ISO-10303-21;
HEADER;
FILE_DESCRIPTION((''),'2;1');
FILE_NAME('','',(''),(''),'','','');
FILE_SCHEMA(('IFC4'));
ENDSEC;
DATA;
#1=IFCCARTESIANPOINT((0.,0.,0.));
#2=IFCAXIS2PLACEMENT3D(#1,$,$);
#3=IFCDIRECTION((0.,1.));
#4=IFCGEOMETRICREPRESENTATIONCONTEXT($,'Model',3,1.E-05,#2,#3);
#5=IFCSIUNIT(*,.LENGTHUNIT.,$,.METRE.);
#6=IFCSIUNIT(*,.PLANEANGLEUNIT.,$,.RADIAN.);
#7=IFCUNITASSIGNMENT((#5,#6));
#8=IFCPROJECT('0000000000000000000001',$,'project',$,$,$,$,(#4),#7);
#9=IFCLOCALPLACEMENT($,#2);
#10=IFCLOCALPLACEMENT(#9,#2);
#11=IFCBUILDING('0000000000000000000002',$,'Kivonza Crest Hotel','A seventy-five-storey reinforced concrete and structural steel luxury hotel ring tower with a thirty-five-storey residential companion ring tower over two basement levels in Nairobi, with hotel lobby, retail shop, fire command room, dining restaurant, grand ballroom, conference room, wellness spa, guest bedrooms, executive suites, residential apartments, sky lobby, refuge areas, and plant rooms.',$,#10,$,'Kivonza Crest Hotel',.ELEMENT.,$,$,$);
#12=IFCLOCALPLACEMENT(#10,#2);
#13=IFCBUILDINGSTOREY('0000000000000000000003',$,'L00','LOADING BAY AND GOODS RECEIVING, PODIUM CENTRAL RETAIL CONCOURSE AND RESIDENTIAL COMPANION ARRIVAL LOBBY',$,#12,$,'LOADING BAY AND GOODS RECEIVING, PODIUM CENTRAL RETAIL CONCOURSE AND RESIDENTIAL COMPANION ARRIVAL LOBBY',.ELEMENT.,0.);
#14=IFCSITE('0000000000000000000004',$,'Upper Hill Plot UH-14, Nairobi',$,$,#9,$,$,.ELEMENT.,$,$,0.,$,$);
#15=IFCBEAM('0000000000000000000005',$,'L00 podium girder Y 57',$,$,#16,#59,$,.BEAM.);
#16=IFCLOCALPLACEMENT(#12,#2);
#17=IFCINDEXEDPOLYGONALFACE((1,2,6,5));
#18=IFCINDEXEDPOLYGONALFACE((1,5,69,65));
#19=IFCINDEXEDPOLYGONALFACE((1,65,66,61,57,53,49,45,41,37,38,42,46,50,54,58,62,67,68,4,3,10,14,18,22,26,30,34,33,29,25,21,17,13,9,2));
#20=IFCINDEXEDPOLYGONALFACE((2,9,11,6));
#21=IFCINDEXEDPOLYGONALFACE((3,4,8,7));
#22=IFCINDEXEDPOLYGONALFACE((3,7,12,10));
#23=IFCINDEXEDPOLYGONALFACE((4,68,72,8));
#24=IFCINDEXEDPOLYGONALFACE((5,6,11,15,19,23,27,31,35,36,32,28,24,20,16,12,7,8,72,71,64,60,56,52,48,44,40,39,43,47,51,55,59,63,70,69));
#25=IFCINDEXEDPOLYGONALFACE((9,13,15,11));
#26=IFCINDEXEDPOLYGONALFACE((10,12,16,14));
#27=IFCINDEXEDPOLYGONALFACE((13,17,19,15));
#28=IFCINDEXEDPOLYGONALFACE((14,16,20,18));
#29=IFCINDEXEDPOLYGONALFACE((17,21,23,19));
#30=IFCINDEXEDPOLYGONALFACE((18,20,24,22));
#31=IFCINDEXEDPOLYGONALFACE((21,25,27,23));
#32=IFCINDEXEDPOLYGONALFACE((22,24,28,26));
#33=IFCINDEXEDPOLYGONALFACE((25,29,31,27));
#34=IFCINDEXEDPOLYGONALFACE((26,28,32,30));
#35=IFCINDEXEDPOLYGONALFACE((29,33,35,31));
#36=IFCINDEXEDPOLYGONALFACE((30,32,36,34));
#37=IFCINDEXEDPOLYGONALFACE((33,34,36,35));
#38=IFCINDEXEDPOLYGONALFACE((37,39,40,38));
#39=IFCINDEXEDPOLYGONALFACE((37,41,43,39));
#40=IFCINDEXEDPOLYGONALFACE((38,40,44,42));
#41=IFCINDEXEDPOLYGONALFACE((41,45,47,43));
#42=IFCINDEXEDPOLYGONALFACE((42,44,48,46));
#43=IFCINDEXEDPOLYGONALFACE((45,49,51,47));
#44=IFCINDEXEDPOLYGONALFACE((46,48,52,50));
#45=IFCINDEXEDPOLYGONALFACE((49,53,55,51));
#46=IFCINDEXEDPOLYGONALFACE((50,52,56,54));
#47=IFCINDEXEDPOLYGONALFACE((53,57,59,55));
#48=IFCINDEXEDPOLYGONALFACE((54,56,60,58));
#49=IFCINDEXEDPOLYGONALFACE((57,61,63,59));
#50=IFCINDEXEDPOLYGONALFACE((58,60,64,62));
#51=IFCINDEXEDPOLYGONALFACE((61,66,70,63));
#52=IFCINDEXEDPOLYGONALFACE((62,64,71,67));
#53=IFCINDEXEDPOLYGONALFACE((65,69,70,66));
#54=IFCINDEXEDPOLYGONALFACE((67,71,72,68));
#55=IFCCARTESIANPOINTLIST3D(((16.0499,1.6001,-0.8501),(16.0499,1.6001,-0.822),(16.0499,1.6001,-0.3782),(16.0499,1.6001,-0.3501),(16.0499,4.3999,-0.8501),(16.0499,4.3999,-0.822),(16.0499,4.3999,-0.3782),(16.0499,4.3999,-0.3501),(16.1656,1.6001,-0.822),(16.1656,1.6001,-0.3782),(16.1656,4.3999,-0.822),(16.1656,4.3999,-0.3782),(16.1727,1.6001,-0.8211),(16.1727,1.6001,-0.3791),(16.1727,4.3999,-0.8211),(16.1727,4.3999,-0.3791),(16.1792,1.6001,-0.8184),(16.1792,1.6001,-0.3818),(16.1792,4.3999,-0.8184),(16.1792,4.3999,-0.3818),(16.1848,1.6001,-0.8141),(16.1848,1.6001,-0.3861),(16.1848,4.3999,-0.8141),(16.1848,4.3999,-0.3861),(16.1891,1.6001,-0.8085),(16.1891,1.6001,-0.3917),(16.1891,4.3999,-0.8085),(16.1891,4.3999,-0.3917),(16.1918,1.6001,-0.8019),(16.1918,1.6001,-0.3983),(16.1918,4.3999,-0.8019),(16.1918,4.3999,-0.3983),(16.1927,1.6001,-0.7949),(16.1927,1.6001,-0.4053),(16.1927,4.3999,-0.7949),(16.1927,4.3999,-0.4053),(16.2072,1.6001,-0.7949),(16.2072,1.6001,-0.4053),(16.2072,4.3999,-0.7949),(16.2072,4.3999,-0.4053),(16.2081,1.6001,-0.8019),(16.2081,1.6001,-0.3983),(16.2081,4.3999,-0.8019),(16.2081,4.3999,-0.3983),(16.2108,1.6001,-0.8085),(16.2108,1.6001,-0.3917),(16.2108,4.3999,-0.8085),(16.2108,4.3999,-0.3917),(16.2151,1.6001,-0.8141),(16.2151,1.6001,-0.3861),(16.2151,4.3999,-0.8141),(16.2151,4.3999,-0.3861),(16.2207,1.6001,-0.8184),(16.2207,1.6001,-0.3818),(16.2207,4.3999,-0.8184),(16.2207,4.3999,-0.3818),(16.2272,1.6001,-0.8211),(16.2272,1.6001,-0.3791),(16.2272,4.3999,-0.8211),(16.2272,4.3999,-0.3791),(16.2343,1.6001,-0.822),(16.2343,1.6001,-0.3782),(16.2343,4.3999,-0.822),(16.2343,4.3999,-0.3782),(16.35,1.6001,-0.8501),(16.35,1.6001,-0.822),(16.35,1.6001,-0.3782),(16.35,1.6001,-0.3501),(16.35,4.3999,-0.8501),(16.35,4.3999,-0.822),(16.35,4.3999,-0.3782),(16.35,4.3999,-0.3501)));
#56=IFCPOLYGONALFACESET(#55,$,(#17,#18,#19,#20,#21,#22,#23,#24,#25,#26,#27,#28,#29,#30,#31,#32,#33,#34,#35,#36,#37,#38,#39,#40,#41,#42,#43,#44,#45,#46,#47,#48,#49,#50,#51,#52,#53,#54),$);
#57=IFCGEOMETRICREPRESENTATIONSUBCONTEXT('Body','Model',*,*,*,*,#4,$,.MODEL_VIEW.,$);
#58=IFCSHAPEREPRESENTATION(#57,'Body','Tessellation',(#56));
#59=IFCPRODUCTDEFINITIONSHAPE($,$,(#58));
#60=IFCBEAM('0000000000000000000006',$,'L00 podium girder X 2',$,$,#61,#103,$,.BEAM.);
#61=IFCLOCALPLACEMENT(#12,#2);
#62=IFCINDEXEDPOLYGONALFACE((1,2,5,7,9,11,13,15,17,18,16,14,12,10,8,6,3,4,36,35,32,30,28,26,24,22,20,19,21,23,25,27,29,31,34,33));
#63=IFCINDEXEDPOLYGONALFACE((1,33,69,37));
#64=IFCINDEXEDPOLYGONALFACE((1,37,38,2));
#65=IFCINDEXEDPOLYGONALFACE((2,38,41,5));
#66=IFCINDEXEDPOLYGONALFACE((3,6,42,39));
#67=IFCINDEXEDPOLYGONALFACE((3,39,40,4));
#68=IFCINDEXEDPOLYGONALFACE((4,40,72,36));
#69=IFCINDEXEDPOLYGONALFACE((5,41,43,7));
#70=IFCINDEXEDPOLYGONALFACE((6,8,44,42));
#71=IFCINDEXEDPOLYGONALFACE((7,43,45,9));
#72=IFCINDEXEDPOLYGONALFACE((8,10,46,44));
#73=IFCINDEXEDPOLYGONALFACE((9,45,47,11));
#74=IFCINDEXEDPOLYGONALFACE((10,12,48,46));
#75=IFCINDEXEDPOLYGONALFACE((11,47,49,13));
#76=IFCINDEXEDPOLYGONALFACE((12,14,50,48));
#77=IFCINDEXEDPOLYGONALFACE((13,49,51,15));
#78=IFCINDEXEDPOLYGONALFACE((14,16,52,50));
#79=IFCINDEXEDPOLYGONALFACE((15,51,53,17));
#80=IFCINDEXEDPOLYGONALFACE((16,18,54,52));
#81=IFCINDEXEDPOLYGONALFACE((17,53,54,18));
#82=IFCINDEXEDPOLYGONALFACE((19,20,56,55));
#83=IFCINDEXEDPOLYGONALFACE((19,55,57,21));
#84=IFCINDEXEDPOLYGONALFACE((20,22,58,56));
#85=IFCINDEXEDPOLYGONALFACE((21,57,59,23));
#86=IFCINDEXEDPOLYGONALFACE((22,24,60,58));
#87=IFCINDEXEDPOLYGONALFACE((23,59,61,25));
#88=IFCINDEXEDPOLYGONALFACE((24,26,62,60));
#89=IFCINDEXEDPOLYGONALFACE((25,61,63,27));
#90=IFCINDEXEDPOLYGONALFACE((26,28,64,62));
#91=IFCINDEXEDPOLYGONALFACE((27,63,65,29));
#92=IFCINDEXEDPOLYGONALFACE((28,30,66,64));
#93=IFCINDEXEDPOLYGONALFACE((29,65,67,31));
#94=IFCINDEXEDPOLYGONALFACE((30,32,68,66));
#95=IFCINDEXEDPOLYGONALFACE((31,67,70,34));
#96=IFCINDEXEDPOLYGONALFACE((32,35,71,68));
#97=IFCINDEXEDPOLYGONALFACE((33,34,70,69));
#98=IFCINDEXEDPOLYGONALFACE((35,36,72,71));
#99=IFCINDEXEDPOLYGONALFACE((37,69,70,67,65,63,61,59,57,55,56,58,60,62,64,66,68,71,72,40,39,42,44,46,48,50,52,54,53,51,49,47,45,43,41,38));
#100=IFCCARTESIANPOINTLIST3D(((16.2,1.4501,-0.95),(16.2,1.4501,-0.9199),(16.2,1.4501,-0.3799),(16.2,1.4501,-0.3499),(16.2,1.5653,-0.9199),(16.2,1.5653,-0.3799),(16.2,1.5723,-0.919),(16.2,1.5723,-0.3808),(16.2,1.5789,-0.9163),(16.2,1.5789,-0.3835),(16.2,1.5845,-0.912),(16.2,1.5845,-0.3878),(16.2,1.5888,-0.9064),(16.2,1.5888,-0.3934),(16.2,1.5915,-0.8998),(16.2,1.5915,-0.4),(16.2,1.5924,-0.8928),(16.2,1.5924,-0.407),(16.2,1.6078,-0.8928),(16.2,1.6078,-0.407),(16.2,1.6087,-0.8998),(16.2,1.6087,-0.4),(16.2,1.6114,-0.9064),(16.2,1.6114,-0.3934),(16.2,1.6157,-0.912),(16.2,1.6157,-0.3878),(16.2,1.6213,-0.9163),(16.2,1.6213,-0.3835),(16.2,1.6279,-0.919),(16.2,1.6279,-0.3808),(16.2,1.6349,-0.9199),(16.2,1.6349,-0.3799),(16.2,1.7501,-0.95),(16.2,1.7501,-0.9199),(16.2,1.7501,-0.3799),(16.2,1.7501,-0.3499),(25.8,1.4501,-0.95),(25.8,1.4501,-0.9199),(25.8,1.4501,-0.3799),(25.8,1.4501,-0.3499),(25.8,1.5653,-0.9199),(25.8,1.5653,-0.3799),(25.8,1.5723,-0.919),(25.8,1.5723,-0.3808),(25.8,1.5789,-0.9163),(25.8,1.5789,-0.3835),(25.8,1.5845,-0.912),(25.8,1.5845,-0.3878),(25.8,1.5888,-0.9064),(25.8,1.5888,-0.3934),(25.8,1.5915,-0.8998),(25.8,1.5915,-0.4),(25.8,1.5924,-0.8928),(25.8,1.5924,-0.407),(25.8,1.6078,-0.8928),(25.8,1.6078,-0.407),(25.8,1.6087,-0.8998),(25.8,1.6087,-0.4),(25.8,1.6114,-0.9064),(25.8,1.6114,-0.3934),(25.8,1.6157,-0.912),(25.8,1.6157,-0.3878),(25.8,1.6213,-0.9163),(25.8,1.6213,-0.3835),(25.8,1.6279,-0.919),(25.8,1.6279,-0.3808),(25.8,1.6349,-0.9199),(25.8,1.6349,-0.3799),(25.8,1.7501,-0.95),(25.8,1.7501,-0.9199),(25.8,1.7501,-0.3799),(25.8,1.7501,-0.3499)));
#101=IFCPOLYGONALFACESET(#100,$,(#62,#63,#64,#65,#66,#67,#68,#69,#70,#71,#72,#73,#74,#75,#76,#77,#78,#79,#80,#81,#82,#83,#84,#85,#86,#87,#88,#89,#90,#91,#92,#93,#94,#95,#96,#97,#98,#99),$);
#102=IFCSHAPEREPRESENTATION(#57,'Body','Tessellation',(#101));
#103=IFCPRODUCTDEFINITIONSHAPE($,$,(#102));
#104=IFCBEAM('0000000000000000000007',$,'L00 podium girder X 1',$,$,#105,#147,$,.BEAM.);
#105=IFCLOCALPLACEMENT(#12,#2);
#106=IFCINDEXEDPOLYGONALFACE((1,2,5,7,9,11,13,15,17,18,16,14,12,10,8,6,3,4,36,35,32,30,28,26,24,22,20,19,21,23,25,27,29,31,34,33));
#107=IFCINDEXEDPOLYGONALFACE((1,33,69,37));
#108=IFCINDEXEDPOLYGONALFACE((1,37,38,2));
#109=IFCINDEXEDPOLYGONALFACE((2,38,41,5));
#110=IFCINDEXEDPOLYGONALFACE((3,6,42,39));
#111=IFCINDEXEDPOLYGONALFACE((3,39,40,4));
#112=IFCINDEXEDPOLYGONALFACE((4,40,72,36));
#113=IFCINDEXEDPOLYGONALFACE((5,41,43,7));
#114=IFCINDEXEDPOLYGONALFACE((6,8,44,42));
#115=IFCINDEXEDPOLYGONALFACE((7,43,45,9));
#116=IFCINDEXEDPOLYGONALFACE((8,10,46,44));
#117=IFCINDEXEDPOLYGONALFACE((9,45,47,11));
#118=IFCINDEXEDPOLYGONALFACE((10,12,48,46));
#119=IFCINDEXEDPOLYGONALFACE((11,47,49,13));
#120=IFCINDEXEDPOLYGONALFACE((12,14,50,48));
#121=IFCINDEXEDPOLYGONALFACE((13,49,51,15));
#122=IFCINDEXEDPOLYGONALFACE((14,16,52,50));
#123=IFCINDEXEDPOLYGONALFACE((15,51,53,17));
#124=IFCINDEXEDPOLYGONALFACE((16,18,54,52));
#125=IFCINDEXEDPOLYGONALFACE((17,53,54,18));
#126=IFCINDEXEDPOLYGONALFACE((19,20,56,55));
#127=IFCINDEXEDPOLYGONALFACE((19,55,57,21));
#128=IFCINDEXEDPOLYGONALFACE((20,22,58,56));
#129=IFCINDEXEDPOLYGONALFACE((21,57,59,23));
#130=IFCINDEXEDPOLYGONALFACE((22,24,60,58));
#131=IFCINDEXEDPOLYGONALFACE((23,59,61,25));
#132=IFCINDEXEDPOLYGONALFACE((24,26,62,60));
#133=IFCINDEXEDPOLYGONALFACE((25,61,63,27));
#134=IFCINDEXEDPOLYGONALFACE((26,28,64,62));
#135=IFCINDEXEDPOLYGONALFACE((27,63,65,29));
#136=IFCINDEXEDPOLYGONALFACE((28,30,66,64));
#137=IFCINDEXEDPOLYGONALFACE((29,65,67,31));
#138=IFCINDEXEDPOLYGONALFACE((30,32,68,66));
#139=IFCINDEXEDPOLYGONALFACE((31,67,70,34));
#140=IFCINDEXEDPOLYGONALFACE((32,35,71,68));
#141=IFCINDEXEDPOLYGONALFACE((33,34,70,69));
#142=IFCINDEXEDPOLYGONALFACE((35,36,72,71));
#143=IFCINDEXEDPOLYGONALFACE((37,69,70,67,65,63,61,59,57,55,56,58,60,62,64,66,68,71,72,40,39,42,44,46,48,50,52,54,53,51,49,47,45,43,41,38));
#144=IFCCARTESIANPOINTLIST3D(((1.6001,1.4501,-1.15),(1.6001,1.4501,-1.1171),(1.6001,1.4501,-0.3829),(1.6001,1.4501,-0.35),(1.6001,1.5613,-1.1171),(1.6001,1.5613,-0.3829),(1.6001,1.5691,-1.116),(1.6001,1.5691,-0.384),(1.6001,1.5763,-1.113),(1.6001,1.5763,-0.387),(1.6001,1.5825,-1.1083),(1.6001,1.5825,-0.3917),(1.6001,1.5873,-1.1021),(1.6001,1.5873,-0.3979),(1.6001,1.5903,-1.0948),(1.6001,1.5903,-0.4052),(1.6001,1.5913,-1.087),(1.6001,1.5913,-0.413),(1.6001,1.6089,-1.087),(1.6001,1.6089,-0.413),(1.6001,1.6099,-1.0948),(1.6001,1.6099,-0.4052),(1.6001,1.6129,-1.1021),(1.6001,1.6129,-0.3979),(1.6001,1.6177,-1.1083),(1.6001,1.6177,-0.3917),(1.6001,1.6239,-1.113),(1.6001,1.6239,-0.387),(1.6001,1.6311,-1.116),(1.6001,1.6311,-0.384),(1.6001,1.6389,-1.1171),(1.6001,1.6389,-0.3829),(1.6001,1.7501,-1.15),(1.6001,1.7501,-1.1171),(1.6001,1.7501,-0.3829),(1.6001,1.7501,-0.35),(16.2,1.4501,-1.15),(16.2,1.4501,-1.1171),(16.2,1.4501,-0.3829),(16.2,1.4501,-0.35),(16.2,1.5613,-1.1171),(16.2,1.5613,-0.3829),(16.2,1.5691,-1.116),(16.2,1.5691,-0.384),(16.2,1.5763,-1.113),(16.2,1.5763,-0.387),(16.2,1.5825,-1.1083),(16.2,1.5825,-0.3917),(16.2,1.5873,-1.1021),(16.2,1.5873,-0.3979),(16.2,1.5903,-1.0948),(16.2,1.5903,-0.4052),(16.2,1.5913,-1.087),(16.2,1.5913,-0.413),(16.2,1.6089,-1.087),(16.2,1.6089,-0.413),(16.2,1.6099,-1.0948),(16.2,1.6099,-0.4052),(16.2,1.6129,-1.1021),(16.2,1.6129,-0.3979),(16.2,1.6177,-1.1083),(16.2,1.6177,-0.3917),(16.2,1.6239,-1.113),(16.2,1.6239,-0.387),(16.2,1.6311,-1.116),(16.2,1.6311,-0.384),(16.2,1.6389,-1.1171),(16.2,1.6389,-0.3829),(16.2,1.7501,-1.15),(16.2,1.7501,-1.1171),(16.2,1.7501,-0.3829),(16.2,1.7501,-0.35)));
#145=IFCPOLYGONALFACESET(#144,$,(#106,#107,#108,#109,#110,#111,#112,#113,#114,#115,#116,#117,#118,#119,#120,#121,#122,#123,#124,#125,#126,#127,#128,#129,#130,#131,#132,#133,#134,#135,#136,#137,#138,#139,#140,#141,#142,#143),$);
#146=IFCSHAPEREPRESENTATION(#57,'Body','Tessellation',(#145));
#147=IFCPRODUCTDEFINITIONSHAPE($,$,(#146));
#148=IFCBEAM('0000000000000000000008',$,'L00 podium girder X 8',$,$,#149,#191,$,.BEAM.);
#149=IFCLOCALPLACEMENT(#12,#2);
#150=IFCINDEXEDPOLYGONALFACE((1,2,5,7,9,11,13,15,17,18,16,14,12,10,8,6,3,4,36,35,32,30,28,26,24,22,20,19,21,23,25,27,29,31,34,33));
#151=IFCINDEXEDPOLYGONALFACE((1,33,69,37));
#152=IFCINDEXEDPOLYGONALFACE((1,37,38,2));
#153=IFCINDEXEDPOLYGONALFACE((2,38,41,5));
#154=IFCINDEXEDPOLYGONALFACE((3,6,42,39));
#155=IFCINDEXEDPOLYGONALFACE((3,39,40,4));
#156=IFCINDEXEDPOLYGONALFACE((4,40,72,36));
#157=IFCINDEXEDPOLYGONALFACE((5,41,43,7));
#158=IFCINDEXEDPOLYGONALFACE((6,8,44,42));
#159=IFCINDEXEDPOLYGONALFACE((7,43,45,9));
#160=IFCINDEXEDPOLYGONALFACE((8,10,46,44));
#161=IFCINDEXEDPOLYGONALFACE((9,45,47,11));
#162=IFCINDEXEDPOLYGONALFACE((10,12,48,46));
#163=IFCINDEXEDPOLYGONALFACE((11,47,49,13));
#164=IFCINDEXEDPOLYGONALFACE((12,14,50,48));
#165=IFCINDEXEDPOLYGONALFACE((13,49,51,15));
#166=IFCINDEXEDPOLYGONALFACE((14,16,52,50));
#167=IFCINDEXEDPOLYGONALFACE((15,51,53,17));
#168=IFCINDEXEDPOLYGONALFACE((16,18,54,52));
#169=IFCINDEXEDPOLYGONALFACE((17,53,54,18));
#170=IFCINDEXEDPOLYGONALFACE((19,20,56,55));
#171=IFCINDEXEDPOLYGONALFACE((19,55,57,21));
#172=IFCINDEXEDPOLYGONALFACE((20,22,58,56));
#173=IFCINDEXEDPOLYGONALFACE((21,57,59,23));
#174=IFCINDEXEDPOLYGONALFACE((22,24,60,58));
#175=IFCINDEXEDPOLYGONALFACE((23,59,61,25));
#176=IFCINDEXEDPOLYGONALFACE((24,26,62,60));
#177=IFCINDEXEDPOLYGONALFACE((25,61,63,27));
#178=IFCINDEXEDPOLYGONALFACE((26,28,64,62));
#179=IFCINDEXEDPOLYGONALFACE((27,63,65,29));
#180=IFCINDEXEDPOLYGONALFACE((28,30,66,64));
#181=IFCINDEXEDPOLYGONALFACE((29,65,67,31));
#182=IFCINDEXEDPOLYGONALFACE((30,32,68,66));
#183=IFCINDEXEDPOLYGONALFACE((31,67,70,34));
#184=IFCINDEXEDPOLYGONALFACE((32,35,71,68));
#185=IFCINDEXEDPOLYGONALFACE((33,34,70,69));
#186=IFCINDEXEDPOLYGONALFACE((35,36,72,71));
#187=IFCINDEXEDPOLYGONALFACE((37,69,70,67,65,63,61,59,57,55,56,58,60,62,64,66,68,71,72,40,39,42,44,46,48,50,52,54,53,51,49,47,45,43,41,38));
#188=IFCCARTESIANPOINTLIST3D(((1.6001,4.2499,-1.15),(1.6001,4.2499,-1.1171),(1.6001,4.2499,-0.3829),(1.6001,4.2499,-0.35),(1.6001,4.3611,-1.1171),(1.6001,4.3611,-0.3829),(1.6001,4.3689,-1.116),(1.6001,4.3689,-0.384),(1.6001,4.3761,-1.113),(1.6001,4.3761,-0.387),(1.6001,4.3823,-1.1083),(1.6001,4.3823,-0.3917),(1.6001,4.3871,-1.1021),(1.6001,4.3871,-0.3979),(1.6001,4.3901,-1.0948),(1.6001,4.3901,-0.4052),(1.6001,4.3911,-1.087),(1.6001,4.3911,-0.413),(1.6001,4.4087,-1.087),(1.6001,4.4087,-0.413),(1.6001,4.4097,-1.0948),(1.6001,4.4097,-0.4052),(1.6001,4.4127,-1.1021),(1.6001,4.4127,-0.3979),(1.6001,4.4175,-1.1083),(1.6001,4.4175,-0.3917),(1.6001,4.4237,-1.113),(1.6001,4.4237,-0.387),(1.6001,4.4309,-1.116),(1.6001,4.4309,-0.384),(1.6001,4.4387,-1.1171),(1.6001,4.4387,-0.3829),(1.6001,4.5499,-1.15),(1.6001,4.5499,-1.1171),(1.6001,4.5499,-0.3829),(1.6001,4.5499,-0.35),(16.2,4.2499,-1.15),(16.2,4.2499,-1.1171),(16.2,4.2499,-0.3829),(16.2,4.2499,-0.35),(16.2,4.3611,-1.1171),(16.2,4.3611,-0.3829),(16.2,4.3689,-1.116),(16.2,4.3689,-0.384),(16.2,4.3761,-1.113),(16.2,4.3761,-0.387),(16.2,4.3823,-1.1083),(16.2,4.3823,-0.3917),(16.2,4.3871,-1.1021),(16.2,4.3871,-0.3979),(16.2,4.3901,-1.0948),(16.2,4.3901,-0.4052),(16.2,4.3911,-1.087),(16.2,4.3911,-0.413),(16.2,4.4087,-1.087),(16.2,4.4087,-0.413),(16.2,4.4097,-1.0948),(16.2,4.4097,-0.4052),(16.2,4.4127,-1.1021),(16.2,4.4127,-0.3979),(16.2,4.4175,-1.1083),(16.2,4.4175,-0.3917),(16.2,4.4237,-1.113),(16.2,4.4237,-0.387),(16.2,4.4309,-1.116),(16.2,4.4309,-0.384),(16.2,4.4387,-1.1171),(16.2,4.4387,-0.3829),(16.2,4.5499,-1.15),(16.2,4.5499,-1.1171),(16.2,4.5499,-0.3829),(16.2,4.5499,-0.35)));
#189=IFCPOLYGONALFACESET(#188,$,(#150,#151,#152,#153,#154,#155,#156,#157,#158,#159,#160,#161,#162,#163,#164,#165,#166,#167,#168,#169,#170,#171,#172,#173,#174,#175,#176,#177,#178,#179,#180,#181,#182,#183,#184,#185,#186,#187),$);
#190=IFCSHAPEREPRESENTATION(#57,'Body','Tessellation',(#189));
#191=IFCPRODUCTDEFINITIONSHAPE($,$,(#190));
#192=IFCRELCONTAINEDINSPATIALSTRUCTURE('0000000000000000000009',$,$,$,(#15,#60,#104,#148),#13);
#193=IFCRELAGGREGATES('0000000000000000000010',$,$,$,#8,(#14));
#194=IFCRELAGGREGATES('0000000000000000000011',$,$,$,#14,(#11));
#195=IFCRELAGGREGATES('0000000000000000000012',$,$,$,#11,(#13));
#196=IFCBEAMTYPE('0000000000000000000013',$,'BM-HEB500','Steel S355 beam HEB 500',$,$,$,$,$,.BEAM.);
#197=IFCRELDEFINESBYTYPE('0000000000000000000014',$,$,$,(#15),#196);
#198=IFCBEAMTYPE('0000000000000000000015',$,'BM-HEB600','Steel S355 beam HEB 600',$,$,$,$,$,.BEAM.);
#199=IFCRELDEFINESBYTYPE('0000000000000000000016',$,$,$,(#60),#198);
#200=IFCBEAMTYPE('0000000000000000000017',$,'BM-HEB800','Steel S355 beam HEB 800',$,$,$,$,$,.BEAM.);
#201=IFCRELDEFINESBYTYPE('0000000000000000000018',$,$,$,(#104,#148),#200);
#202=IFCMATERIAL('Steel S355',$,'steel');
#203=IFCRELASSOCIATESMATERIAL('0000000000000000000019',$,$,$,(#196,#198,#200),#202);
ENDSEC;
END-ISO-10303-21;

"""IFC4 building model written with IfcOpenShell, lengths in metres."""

from ifc_helpers import new_model, si_unit, direction, frame, origin, origin_2d, place, context, subcontext, project, spatial, i_section, extrude, material, material_profile, profile_set, type_object, element, save


model = new_model("IFC4")

# Units and contexts
model_context = context("Model", 3, precision=1e-05, world=origin(), true_north=direction((0.0, 1.0)))
body_context = subcontext(model_context, "Body", "Model", "MODEL_VIEW")
ifc_project = project(units=[si_unit("LENGTHUNIT", "METRE"), si_unit("PLANEANGLEUNIT", "RADIAN")], contexts=[model_context])

# Site, building, storey
site_placement = place(None, origin())
site = spatial("IfcSite", under=ifc_project, at=site_placement, Name="Upper Hill Plot UH-14, Nairobi", CompositionType="ELEMENT", RefElevation=0.0)
building_placement = place(site_placement, origin())
building = spatial("IfcBuilding", under=site, at=building_placement, Name="Kivonza Crest Hotel", Description="A seventy-five-storey reinforced concrete and structural steel luxury hotel ring tower with a thirty-five-storey residential companion ring tower over two basement levels in Nairobi, with hotel lobby, retail shop, fire command room, dining restaurant, grand ballroom, conference room, wellness spa, guest bedrooms, executive suites, residential apartments, sky lobby, refuge areas, and plant rooms.", LongName="Kivonza Crest Hotel", CompositionType="ELEMENT")
storey_placement = place(building_placement, origin())
storey = spatial("IfcBuildingStorey", under=building, at=storey_placement, Name="L00", Description="LOADING BAY AND GOODS RECEIVING, PODIUM CENTRAL RETAIL CONCOURSE AND RESIDENTIAL COMPANION ARRIVAL LOBBY", LongName="LOADING BAY AND GOODS RECEIVING, PODIUM CENTRAL RETAIL CONCOURSE AND RESIDENTIAL COMPANION ARRIVAL LOBBY", CompositionType="ELEMENT", Elevation=0.0)

# Beams
ifc_material_1 = material(Name="Steel S355", Category="steel")
ifc_material_profile_1 = material_profile(ifc_material_1, i_section(OverallWidth=0.3, OverallDepth=0.5, WebThickness=0.0144, FlangeThickness=0.0281, FilletRadius=0.0271, at=origin_2d()), Name="HEB 500")
ifc_profile_set_1 = profile_set([ifc_material_profile_1], Name="Steel S355")
beam_type_1 = type_object("IfcBeamType", Name="BM-HEB500", Description="Steel S355 beam HEB 500", PredefinedType="BEAM", material=ifc_profile_set_1)
beam_1_placement = place(storey_placement, frame((16.2, 1.6001, -0.6001), z_axis=(0.0, 1.0, 0.0), x_axis=(-1.0, 0.0, 0.0)))
element("IfcBeam", 1, at=beam_1_placement, inside=storey, type_object=beam_type_1, Name="L00 podium girder Y 57", PredefinedType="BEAM", context=body_context, shape_type="SweptSolid", body=[
    extrude(i_section(OverallWidth=0.3, OverallDepth=0.5, WebThickness=0.0144, FlangeThickness=0.0281, FilletRadius=0.0271, at=origin_2d()), origin(), (0.0, 0.0, 1.0), 2.7998),
])
ifc_material_profile_2 = material_profile(ifc_material_1, i_section(OverallWidth=0.3, OverallDepth=0.6001, WebThickness=0.0154, FlangeThickness=0.03, FilletRadius=0.0271, at=origin_2d()), Name="HEB 600")
ifc_profile_set_2 = profile_set([ifc_material_profile_2], Name="Steel S355")
beam_type_2 = type_object("IfcBeamType", Name="BM-HEB600", Description="Steel S355 beam HEB 600", PredefinedType="BEAM", material=ifc_profile_set_2)
beam_2_placement = place(storey_placement, frame((16.2, 1.6001, -0.6499), z_axis=(1.0, 0.0, 0.0), x_axis=(0.0, 1.0, 0.0)))
element("IfcBeam", 2, at=beam_2_placement, inside=storey, type_object=beam_type_2, Name="L00 podium girder X 2", PredefinedType="BEAM", context=body_context, shape_type="SweptSolid", body=[
    extrude(i_section(OverallWidth=0.3, OverallDepth=0.6001, WebThickness=0.0154, FlangeThickness=0.03, FilletRadius=0.0271, at=origin_2d()), origin(), (0.0, 0.0, 1.0), 9.6001),
])
ifc_material_profile_3 = material_profile(ifc_material_1, i_section(OverallWidth=0.3, OverallDepth=0.8, WebThickness=0.0176, FlangeThickness=0.033, FilletRadius=0.03, at=origin_2d()), Name="HEB 800")
ifc_profile_set_3 = profile_set([ifc_material_profile_3], Name="Steel S355")
beam_type_3 = type_object("IfcBeamType", Name="BM-HEB800", Description="Steel S355 beam HEB 800", PredefinedType="BEAM", material=ifc_profile_set_3)
for number, where, z_axis, x_axis, name in (
    (3, (1.6001, 1.6001, -0.75), (1.0, 0.0, 0.0), (0.0, 1.0, 0.0), "L00 podium girder X 1"),
    (4, (1.6001, 4.3999, -0.75), (1.0, 0.0, 0.0), (0.0, 1.0, 0.0), "L00 podium girder X 8"),
):
    element("IfcBeam", number, at=place(storey_placement, frame(where, z_axis=z_axis, x_axis=x_axis)), inside=storey, type_object=beam_type_3, Name=name, PredefinedType="BEAM", context=body_context, shape_type="SweptSolid", body=[
        extrude(i_section(OverallWidth=0.3, OverallDepth=0.8, WebThickness=0.0176, FlangeThickness=0.033, FilletRadius=0.03, at=origin_2d()), origin(), (0.0, 0.0, 1.0), 14.5999),
    ])

save(model, "model.ifc")
